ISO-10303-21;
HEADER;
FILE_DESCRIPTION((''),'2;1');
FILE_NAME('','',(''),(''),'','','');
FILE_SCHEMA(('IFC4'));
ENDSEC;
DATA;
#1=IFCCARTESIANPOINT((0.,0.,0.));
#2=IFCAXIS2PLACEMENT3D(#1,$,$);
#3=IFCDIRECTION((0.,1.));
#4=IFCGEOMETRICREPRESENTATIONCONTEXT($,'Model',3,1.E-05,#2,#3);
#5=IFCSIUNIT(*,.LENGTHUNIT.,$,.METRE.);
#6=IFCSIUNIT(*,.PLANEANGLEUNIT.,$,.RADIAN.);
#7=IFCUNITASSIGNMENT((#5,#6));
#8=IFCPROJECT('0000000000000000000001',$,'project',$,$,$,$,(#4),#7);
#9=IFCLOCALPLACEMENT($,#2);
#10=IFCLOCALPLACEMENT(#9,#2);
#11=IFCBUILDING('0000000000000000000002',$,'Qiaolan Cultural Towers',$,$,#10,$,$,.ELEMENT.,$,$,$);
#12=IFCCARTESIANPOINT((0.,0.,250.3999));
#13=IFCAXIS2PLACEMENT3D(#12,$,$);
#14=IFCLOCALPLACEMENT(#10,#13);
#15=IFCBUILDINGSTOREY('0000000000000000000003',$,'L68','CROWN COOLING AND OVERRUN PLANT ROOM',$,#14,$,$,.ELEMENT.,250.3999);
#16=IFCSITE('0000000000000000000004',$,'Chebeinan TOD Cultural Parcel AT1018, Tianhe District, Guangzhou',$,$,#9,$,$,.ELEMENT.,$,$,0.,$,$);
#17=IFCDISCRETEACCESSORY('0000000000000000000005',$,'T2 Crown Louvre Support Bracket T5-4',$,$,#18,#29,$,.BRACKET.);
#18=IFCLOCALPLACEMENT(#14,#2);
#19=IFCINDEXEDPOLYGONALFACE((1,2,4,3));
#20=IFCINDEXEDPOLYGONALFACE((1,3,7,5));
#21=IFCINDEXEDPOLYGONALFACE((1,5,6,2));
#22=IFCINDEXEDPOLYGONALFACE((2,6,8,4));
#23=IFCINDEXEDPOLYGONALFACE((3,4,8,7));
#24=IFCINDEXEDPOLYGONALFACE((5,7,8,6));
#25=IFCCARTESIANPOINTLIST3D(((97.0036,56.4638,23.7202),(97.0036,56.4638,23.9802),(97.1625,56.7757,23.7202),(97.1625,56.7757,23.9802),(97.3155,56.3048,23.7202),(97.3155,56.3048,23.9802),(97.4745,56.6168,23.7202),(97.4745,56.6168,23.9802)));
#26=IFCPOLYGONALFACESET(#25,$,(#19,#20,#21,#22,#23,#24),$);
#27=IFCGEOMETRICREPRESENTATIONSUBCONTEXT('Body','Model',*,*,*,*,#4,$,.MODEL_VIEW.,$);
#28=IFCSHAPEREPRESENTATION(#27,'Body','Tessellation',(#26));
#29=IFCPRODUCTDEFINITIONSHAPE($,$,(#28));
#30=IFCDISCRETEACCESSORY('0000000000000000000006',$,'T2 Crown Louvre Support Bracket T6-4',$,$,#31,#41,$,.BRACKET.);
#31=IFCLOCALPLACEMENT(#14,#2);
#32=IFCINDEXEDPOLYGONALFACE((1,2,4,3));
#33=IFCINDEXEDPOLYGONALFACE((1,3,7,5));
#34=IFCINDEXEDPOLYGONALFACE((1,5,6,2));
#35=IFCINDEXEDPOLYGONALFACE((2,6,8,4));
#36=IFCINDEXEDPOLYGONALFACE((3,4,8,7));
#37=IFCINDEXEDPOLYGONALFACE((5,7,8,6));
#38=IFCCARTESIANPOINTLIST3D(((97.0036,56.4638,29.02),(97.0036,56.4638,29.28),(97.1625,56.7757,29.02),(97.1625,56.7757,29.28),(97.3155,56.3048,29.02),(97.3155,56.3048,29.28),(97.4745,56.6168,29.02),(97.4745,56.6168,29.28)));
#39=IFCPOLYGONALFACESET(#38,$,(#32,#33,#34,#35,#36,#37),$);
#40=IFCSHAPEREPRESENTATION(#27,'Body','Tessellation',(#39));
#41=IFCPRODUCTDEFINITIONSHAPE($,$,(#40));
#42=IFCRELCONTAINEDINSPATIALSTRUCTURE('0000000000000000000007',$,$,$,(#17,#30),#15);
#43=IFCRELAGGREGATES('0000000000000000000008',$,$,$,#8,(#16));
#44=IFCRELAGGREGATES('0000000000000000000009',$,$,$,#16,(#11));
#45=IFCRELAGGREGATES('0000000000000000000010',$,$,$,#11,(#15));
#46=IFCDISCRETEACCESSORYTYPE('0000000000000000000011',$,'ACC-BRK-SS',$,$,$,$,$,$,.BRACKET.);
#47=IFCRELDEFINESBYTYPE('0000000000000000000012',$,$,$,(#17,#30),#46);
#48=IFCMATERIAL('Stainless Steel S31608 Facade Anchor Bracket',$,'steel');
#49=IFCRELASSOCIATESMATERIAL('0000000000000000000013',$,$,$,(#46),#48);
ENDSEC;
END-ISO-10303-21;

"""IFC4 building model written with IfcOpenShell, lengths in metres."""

from ifc_helpers import new_model, si_unit, direction, frame, origin, origin_2d, place, context, subcontext, project, spatial, rectangle, extrude, material, type_object, element, save


model = new_model("IFC4")

# Units and contexts
model_context = context("Model", 3, precision=1e-05, world=origin(), true_north=direction((0.0, 1.0)))
body_context = subcontext(model_context, "Body", "Model", "MODEL_VIEW")
ifc_project = project(units=[si_unit("LENGTHUNIT", "METRE"), si_unit("PLANEANGLEUNIT", "RADIAN")], contexts=[model_context])

# Site, building, storey
site_placement = place(None, origin())
site = spatial("IfcSite", under=ifc_project, at=site_placement, Name="Chebeinan TOD Cultural Parcel AT1018, Tianhe District, Guangzhou", CompositionType="ELEMENT", RefElevation=0.0)
building_placement = place(site_placement, origin())
building = spatial("IfcBuilding", under=site, at=building_placement, Name="Qiaolan Cultural Towers", CompositionType="ELEMENT")
storey_placement = place(building_placement, frame((0.0, 0.0, 250.3999)))
storey = spatial("IfcBuildingStorey", under=building, at=storey_placement, Name="L68", Description="CROWN COOLING AND OVERRUN PLANT ROOM", CompositionType="ELEMENT", Elevation=250.3999)

# Discrete accessories
ifc_material_1 = material(Name="Stainless Steel S31608 Facade Anchor Bracket", Category="steel")
discrete_accessory_type = type_object("IfcDiscreteAccessoryType", Name="ACC-BRK-SS", PredefinedType="BRACKET", material=ifc_material_1)
for number, where, z_axis, x_axis, name in (
    (1, (97.239, 56.5403, 23.7202), (0.0, 0.0, 1.0), (-0.891006, 0.453991, 0.0), "T2 Crown Louvre Support Bracket T5-4"),
    (2, (97.239, 56.5403, 29.02), (0.0, 0.0, 1.0), (-0.891006, 0.453991, 0.0), "T2 Crown Louvre Support Bracket T6-4"),
):
    element("IfcDiscreteAccessory", number, at=place(storey_placement, frame(where, z_axis=z_axis, x_axis=x_axis)), inside=storey, type_object=discrete_accessory_type, Name=name, PredefinedType="BRACKET", context=body_context, shape_type="SweptSolid", body=[
        extrude(rectangle(XDim=0.3501, YDim=0.3501, at=origin_2d()), origin(), (0.0, 0.0, 1.0), 0.26),
    ])

save(model, "model.ifc")
